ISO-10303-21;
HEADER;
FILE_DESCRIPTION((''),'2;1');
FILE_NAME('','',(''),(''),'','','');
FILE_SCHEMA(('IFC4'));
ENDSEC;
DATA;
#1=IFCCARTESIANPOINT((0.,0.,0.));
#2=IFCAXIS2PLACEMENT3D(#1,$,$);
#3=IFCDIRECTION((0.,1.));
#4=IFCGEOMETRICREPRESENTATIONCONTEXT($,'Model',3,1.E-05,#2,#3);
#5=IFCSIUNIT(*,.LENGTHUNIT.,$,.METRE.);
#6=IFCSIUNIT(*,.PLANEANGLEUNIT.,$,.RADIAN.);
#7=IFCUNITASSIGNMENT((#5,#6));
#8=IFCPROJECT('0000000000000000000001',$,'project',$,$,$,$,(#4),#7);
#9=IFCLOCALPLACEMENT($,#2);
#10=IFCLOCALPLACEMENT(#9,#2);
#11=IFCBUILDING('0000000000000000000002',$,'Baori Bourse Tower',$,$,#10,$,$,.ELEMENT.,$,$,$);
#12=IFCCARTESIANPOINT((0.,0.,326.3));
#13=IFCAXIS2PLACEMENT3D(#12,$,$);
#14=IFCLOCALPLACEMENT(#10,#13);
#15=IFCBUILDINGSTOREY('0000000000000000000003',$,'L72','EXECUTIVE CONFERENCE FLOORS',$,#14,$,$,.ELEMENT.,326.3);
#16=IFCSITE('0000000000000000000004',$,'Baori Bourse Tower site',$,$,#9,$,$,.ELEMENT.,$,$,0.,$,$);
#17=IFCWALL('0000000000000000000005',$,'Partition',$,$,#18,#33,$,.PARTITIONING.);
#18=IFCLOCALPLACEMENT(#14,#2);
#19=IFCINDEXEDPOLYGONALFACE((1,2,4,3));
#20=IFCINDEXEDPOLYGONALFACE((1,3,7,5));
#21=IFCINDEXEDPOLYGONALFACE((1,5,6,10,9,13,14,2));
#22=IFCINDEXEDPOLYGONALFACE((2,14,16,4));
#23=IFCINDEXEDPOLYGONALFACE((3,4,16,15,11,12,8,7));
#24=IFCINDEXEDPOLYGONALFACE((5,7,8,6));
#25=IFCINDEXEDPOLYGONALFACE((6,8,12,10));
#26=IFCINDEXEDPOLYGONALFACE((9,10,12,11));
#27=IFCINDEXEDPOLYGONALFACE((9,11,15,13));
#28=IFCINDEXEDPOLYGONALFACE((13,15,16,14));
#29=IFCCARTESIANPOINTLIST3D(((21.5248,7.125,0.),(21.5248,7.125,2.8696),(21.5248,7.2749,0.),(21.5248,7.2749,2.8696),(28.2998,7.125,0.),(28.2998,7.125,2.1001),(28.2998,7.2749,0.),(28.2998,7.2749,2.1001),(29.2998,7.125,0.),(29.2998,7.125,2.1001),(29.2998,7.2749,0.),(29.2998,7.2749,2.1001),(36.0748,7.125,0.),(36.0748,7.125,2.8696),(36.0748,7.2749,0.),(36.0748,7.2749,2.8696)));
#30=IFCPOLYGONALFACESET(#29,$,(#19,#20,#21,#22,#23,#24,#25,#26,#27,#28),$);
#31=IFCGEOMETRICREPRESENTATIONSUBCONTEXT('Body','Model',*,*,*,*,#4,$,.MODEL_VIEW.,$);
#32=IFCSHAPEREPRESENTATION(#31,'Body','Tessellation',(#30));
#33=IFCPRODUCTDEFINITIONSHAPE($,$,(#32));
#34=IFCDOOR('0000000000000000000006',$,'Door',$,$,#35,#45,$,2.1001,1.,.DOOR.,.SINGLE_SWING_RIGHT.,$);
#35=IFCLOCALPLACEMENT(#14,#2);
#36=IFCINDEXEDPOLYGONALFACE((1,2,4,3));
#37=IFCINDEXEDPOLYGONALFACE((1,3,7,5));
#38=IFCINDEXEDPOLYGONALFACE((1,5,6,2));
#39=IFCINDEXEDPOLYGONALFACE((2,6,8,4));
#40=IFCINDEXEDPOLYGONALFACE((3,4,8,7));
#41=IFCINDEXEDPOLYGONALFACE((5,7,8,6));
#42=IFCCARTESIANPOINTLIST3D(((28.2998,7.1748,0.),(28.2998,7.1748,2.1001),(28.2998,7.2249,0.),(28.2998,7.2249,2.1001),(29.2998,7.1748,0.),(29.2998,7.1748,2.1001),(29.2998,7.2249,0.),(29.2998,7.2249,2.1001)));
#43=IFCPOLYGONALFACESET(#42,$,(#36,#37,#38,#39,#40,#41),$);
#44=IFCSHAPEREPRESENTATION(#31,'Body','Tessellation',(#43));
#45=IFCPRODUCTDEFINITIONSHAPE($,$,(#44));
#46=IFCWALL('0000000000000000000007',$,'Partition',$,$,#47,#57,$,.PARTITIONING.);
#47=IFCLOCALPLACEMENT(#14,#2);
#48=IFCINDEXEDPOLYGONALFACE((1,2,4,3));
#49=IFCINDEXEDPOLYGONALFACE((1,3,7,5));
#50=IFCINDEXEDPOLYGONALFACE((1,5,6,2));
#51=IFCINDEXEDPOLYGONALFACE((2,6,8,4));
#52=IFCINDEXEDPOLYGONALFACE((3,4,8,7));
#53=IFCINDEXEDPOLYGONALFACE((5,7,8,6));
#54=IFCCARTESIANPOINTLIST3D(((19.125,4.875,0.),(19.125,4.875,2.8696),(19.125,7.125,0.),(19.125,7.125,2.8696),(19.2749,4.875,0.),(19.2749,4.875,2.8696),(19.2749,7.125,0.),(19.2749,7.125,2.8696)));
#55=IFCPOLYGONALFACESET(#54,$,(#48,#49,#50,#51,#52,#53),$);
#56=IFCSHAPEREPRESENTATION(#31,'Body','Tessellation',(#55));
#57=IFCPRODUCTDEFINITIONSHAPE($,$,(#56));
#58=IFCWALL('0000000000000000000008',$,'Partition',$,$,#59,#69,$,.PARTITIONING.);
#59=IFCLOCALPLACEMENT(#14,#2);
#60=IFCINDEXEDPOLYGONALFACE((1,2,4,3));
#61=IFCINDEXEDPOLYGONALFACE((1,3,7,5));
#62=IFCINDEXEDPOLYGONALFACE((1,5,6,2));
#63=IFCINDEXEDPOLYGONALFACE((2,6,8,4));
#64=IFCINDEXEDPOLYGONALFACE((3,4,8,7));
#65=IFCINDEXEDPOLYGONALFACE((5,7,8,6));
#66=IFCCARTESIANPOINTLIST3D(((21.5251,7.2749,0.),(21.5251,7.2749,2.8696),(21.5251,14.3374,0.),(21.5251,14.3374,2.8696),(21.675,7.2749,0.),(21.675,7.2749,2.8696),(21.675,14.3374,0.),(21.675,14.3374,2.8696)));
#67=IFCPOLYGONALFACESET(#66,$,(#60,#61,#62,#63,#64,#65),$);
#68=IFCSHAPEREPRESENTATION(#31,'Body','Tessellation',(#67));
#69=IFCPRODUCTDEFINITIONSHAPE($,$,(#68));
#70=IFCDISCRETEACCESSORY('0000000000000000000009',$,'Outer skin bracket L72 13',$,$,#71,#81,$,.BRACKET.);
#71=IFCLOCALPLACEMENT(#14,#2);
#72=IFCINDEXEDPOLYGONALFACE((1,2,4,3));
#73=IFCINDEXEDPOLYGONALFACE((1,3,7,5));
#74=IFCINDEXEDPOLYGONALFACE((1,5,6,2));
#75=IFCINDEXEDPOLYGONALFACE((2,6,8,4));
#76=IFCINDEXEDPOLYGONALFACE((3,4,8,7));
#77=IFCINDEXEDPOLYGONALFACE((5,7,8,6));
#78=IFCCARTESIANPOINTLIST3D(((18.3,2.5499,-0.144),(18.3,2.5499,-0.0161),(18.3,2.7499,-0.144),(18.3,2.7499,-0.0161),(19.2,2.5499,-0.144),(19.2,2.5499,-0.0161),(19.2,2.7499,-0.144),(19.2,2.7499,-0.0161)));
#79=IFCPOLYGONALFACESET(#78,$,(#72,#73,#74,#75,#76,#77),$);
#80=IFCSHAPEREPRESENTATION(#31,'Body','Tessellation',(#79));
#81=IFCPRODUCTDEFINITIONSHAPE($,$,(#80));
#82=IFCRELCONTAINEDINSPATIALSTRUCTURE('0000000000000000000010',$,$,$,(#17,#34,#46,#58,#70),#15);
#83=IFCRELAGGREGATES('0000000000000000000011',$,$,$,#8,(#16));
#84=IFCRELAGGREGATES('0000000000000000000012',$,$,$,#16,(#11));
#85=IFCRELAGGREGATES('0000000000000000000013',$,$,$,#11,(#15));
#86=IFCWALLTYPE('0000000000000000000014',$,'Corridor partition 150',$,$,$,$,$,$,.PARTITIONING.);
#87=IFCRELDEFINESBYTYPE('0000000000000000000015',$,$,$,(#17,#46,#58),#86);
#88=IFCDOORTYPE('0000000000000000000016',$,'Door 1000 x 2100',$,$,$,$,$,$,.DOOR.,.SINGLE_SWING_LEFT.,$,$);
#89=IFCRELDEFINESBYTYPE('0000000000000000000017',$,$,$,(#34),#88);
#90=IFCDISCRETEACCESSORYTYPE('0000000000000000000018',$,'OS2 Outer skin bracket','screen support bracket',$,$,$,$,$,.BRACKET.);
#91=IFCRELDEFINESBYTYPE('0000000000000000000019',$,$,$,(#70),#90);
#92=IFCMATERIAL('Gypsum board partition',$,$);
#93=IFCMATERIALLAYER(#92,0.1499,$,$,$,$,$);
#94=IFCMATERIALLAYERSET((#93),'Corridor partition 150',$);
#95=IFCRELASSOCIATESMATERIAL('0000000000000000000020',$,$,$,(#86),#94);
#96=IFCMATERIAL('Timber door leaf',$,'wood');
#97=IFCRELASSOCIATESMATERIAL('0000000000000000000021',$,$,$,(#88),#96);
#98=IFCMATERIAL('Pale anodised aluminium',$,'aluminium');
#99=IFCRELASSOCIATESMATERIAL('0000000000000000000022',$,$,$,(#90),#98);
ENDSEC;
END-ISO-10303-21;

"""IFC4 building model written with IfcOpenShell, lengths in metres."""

from ifc_helpers import new_model, si_unit, direction, frame, frame_2d, origin, origin_2d, place, context, subcontext, project, spatial, rectangle, extrude, material, layer, layer_set, type_object, element, fill, save


model = new_model("IFC4")

# Units and contexts
model_context = context("Model", 3, precision=1e-05, world=origin(), true_north=direction((0.0, 1.0)))
body_context = subcontext(model_context, "Body", "Model", "MODEL_VIEW")
ifc_project = project(units=[si_unit("LENGTHUNIT", "METRE"), si_unit("PLANEANGLEUNIT", "RADIAN")], contexts=[model_context])

# Site, building, storey
site_placement = place(None, origin())
site = spatial("IfcSite", under=ifc_project, at=site_placement, Name="Baori Bourse Tower site", CompositionType="ELEMENT", RefElevation=0.0)
building_placement = place(site_placement, origin())
building = spatial("IfcBuilding", under=site, at=building_placement, Name="Baori Bourse Tower", CompositionType="ELEMENT")
storey_placement = place(building_placement, frame((0.0, 0.0, 326.3)))
storey = spatial("IfcBuildingStorey", under=building, at=storey_placement, Name="L72", Description="EXECUTIVE CONFERENCE FLOORS", CompositionType="ELEMENT", Elevation=326.3)

# Shared definitions
ifc_material_1 = material(Name="Gypsum board partition")
ifc_layer_1 = layer(ifc_material_1, 0.1499)
ifc_layer_set_1 = layer_set([ifc_layer_1], Name="Corridor partition 150")
wall_type_1 = type_object("IfcWallType", Name="Corridor partition 150", PredefinedType="PARTITIONING", material=ifc_layer_set_1)
ifc_material_2 = material(Name="Timber door leaf", Category="wood")
door_type_1 = type_object("IfcDoorType", Name="Door 1000 x 2100", OperationType="SINGLE_SWING_LEFT", PredefinedType="DOOR", material=ifc_material_2)

# Wall, opening, door
wall_1_placement = place(storey_placement, frame((21.5249, 7.2, 0.0), z_axis=(0.0, 0.0, 1.0), x_axis=(1.0, 0.0, 0.0)))
wall_1 = element("IfcWall", 1, at=wall_1_placement, inside=storey, type_object=wall_type_1, Name="Partition", PredefinedType="PARTITIONING", context=body_context, shape_type="SweptSolid", body=[
    extrude(rectangle(XDim=14.55, YDim=0.1499, at=frame_2d((7.2749, 0.0))), origin(), (0.0, 0.0, 1.0), 2.8696),
])
opening_1_placement = place(wall_1_placement, frame((6.7749, 0.0, 0.0)))
opening_1 = element("IfcOpeningElement", 2, at=opening_1_placement, cuts=wall_1, PredefinedType="OPENING", context=body_context, shape_type="SweptSolid", body=[
    extrude(rectangle(XDim=1.0, YDim=2.1001, at=frame_2d((0.5, 1.05))), frame((0.0, 0.085, 0.0), z_axis=(0.0, -1.0, 0.0), x_axis=(1.0, 0.0, 0.0)), (0.0, 0.0, 1.0), 0.1699),
])
door_1_placement = place(opening_1_placement, origin())
door_1 = element("IfcDoor", 3, at=door_1_placement, inside=storey, type_object=door_type_1, Name="Door", OperationType="SINGLE_SWING_RIGHT", OverallHeight=2.1001, OverallWidth=1.0, PredefinedType="DOOR", context=body_context, shape_type="SweptSolid", body=[
    extrude(rectangle(XDim=1.0, YDim=2.1001, at=frame_2d((0.5, 1.05))), frame((0.0, 0.0249, 0.0), z_axis=(0.0, -1.0, 0.0), x_axis=(1.0, 0.0, 0.0)), (0.0, 0.0, 1.0), 0.05),
])
fill(opening_1, door_1)

# Walls
wall_2_placement = place(storey_placement, frame((19.2, 4.875, 0.0), z_axis=(0.0, 0.0, 1.0), x_axis=(0.0, 1.0, 0.0)))
element("IfcWall", 4, at=wall_2_placement, inside=storey, type_object=wall_type_1, Name="Partition", PredefinedType="PARTITIONING", context=body_context, shape_type="SweptSolid", body=[
    extrude(rectangle(XDim=2.25, YDim=0.1499, at=frame_2d((1.125, 0.0))), origin(), (0.0, 0.0, 1.0), 2.8696),
])
wall_3_placement = place(storey_placement, frame((21.6001, 7.2749, 0.0), z_axis=(0.0, 0.0, 1.0), x_axis=(0.0, 1.0, 0.0)))
element("IfcWall", 5, at=wall_3_placement, inside=storey, type_object=wall_type_1, Name="Partition", PredefinedType="PARTITIONING", context=body_context, shape_type="SweptSolid", body=[
    extrude(rectangle(XDim=7.0625, YDim=0.1499, at=frame_2d((3.5312, 0.0))), origin(), (0.0, 0.0, 1.0), 2.8696),
])

# Discrete accessory
ifc_material_3 = material(Name="Pale anodised aluminium", Category="aluminium")
discrete_accessory_type = type_object("IfcDiscreteAccessoryType", Name="OS2 Outer skin bracket", Description="screen support bracket", PredefinedType="BRACKET", material=ifc_material_3)
discrete_accessory_placement = place(storey_placement, frame((18.75, 2.6499, -0.144), z_axis=(0.0, 0.0, 1.0), x_axis=(0.0, -1.0, 0.0)))
element("IfcDiscreteAccessory", 6, at=discrete_accessory_placement, inside=storey, type_object=discrete_accessory_type, Name="Outer skin bracket L72 13", PredefinedType="BRACKET", context=body_context, shape_type="SweptSolid", body=[
    extrude(rectangle(XDim=0.2, YDim=0.8999, at=origin_2d()), origin(), (0.0, 0.0, 1.0), 0.1279),
])

save(model, "model.ifc")
